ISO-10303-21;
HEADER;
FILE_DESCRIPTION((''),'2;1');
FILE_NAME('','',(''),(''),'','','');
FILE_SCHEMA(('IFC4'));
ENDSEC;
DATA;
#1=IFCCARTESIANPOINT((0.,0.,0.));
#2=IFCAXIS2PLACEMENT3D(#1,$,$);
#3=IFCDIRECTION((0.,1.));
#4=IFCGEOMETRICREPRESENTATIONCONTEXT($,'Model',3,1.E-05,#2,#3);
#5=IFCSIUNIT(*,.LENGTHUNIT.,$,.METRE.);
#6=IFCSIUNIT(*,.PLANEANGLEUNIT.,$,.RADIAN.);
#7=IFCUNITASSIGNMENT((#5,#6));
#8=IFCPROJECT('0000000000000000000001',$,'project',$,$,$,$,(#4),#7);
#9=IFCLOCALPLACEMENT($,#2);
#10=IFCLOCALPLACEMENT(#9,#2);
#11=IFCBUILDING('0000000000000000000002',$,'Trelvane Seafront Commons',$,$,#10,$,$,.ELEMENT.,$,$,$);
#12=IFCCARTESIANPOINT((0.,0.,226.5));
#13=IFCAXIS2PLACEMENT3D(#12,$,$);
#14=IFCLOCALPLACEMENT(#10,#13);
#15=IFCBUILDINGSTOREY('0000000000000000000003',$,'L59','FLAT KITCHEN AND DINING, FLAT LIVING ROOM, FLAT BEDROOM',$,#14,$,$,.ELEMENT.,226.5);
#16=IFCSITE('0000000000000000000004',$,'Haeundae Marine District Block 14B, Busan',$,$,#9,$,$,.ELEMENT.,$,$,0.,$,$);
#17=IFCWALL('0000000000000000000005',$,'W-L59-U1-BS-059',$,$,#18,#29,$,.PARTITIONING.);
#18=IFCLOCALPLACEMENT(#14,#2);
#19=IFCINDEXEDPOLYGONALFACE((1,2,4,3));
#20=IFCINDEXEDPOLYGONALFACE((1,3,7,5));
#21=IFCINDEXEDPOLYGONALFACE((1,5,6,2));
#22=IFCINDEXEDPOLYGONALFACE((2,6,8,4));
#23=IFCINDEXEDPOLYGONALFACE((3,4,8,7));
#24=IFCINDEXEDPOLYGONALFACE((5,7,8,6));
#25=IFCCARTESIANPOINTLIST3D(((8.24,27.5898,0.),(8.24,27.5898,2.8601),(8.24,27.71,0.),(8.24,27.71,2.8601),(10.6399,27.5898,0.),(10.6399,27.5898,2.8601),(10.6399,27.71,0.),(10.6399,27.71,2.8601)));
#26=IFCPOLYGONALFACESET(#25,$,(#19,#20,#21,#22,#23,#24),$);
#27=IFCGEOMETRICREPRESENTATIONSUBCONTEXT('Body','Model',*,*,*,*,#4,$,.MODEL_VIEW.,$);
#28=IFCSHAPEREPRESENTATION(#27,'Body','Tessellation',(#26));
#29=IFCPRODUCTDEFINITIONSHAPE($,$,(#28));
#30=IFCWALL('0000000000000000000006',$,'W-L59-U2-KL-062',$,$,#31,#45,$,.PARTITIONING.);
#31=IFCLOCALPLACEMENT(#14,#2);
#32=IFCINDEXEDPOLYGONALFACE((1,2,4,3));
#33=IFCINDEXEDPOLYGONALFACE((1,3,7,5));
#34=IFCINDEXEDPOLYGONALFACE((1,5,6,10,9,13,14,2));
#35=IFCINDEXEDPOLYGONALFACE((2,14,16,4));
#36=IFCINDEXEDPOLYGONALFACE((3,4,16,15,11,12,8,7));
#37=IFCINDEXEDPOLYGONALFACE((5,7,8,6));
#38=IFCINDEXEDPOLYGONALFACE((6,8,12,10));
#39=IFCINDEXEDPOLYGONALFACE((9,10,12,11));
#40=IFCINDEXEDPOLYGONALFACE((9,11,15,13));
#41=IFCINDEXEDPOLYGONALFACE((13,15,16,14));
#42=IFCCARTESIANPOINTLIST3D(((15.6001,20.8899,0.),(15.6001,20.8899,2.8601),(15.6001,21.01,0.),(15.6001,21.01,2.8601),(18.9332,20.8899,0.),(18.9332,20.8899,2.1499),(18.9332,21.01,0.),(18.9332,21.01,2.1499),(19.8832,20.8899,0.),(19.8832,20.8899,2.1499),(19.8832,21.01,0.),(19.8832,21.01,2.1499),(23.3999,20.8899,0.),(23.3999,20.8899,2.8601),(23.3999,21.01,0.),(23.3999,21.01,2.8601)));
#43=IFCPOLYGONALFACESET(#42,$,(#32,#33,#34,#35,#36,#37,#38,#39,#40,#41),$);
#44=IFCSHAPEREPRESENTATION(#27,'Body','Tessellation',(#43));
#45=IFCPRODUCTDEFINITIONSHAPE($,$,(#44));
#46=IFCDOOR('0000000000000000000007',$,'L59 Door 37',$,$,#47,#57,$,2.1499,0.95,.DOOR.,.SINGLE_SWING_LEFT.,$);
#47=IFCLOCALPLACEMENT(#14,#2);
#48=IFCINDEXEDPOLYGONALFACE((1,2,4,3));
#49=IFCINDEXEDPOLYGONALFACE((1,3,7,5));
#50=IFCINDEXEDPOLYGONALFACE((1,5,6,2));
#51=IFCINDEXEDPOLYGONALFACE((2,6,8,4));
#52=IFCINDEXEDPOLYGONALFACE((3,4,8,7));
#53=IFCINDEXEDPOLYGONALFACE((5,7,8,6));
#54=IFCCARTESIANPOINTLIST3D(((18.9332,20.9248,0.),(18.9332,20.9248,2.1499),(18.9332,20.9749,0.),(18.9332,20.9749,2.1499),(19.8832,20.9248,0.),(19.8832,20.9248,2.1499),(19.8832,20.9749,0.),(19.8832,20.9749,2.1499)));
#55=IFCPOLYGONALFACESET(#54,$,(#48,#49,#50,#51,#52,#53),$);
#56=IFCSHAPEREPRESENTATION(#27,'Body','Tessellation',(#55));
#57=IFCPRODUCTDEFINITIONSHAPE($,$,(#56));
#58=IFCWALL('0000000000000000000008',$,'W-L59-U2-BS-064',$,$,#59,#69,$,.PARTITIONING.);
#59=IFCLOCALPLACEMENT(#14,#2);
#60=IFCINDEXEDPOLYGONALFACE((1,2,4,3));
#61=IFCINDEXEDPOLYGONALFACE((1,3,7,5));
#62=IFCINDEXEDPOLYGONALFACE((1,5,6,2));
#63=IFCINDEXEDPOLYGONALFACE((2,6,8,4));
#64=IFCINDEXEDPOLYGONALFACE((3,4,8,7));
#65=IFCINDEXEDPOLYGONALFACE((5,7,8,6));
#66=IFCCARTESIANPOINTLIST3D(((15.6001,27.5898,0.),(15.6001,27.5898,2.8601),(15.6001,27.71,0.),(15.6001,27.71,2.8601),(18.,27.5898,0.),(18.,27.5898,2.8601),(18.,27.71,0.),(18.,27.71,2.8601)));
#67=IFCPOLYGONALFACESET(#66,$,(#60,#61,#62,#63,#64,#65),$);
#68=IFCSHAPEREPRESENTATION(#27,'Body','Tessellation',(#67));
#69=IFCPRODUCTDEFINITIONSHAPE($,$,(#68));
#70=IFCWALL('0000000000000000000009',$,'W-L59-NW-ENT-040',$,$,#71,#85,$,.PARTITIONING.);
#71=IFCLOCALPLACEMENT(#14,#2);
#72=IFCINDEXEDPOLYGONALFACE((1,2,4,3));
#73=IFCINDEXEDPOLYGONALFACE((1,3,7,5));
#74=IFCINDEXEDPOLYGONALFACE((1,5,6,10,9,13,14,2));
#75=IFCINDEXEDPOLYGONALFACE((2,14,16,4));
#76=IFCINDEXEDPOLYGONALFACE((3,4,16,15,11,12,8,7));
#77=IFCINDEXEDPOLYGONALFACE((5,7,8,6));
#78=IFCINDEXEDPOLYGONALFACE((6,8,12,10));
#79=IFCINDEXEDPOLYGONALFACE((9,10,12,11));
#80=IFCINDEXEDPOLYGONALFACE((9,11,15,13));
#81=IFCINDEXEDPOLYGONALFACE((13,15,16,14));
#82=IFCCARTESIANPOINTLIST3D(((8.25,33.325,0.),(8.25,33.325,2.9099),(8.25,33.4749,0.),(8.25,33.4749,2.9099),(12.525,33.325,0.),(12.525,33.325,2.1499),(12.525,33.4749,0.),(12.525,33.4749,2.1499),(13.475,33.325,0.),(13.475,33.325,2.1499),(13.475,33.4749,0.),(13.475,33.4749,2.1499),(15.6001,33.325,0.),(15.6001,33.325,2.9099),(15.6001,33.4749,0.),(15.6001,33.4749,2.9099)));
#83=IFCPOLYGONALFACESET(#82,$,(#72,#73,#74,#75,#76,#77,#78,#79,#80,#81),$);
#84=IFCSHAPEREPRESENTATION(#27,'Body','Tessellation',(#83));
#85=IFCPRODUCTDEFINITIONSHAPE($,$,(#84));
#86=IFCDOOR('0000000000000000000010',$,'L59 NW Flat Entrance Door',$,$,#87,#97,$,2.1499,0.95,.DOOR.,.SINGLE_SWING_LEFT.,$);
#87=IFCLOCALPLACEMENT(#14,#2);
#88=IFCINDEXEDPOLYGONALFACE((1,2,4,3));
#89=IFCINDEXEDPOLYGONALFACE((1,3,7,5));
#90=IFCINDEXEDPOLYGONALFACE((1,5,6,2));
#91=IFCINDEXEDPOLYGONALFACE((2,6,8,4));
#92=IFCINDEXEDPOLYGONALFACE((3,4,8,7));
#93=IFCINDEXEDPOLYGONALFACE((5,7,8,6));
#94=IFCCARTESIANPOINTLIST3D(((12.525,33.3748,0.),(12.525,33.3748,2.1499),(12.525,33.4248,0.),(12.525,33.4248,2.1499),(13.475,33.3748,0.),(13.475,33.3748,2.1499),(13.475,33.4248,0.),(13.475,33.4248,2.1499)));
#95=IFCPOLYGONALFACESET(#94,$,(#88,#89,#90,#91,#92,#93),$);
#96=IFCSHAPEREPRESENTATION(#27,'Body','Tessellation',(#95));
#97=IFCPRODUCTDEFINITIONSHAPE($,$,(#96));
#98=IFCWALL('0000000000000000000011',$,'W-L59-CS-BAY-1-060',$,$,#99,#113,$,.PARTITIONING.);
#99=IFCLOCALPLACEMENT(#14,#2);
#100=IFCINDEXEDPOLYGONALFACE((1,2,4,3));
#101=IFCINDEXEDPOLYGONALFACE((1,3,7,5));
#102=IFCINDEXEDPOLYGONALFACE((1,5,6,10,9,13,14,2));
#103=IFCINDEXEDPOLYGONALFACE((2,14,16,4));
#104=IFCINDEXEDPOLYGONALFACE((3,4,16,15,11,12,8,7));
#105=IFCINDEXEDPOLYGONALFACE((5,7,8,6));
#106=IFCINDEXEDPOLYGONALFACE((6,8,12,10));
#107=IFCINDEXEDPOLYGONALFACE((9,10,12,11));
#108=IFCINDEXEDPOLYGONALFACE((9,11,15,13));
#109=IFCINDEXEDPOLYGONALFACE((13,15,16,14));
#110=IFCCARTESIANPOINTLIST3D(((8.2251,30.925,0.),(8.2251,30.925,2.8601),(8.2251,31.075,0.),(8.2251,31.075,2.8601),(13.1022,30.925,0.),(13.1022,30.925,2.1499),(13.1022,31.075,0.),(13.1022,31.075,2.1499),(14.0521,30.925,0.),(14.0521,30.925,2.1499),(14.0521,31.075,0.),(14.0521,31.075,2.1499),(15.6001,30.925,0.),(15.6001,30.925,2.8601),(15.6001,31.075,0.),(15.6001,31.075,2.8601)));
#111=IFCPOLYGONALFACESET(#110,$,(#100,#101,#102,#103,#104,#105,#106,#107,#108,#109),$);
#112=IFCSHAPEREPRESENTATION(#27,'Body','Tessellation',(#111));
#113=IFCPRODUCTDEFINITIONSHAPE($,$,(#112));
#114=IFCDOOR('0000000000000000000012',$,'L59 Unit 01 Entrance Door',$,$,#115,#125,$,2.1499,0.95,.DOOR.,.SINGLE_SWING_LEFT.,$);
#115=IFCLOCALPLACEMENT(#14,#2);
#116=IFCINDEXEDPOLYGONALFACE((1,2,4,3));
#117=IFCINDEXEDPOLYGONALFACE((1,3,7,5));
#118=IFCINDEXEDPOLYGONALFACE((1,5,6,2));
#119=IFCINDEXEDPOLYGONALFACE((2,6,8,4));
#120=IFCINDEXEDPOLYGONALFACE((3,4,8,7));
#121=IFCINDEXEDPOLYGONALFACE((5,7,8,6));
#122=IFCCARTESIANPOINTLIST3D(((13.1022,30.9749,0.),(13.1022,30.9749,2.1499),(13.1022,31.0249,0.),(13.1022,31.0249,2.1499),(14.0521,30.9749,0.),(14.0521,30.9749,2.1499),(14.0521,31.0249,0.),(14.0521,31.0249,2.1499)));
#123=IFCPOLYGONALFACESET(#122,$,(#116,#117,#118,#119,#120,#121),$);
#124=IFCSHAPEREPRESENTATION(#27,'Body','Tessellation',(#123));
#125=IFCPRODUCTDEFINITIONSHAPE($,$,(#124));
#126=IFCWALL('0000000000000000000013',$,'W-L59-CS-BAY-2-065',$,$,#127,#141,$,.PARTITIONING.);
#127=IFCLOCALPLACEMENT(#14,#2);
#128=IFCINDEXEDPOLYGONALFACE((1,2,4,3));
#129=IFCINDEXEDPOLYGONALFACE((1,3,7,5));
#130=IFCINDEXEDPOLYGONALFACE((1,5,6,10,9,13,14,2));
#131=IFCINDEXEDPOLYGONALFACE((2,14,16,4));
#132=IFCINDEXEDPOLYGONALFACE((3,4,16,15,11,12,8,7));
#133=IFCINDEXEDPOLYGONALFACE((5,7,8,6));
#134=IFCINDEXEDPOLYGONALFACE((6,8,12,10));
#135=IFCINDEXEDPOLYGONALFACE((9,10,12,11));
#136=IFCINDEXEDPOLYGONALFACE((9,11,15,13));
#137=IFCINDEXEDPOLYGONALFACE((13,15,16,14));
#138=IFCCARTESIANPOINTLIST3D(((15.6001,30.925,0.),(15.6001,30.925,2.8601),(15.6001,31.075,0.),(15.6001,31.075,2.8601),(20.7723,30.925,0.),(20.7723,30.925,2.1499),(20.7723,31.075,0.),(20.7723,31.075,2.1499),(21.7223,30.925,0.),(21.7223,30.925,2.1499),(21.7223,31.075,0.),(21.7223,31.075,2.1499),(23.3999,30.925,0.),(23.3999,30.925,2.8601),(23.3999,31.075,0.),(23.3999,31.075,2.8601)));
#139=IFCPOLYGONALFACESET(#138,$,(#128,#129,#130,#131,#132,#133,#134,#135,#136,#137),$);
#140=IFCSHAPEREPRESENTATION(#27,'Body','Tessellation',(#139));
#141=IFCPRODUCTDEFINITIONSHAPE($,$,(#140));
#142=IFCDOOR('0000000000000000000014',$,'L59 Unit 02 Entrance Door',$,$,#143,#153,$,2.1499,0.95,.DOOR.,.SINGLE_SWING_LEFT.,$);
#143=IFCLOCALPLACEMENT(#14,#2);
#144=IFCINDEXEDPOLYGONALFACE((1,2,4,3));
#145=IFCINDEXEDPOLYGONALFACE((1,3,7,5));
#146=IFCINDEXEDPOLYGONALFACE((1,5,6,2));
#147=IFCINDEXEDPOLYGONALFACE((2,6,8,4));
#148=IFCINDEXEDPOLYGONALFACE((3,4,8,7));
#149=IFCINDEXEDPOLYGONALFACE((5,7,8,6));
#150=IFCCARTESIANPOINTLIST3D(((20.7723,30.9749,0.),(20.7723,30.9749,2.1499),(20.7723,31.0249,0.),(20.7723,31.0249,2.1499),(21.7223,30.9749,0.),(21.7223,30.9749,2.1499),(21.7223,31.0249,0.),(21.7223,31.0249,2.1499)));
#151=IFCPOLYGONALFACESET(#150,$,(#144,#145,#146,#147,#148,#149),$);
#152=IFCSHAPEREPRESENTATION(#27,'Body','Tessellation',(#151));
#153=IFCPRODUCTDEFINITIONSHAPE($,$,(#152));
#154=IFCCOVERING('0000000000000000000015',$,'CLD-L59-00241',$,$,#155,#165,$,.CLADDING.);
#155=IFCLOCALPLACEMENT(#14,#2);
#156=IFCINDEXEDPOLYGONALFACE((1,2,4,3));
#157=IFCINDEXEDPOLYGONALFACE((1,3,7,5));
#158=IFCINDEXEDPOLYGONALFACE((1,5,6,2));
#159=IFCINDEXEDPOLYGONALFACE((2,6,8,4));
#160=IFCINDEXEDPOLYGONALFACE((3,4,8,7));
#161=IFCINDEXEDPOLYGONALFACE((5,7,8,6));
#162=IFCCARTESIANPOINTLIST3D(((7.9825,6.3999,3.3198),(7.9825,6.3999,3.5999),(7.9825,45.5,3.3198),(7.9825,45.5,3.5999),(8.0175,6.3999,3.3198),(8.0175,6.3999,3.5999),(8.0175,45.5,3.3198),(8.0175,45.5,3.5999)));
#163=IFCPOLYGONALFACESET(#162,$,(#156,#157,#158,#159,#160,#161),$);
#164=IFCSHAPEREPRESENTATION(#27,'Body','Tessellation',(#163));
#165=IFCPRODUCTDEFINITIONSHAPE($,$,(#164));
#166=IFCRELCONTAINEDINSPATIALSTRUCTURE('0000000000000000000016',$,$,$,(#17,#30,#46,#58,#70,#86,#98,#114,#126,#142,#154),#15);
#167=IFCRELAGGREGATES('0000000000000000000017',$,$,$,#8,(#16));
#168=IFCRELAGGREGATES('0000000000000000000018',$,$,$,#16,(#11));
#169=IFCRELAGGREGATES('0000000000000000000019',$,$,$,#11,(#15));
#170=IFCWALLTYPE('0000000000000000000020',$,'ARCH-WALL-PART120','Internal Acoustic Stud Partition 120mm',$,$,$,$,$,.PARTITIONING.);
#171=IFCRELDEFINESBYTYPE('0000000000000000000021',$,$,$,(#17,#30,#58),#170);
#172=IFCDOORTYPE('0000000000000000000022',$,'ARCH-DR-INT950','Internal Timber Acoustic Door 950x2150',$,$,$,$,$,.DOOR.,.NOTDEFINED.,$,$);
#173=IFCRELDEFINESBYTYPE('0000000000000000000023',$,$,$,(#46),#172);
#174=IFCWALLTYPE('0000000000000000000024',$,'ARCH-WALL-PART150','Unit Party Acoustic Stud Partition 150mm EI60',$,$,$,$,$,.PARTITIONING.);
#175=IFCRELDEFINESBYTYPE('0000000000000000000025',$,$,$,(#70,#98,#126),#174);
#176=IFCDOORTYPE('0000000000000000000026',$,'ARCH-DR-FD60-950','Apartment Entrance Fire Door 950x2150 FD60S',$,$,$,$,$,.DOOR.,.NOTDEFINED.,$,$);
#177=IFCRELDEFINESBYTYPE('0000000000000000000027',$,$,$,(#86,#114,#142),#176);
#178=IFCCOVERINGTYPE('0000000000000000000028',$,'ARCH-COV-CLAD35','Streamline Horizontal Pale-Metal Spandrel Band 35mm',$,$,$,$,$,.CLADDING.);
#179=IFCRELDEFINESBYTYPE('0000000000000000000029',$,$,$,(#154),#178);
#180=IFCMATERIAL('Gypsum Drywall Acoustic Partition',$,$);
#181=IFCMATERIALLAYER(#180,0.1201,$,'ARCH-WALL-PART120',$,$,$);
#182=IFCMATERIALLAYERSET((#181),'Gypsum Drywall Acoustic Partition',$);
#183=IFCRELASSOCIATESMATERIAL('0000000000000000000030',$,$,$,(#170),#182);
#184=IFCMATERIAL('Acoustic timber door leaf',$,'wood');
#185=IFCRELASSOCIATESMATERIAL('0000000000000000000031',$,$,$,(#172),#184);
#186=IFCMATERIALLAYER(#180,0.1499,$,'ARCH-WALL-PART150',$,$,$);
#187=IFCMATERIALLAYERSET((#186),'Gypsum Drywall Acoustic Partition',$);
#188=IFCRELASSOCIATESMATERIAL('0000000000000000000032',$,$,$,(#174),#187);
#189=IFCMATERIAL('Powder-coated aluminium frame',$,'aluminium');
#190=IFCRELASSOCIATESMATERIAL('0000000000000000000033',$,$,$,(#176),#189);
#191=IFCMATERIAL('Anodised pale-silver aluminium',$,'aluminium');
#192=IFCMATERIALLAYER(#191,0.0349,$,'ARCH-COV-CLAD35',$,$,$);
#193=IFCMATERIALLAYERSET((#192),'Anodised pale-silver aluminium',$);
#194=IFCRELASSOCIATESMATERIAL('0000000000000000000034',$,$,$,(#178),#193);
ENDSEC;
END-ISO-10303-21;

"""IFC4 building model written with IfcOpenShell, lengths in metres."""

from ifc_helpers import new_model, si_unit, direction, frame, frame_2d, origin, origin_2d, place, context, subcontext, project, spatial, rectangle, extrude, source, transform, mapped, material, layer, layer_set, type_object, element, fill, save


model = new_model("IFC4")

# Units and contexts
model_context = context("Model", 3, precision=1e-05, world=origin(), true_north=direction((0.0, 1.0)))
body_context = subcontext(model_context, "Body", "Model", "MODEL_VIEW")
ifc_project = project(units=[si_unit("LENGTHUNIT", "METRE"), si_unit("PLANEANGLEUNIT", "RADIAN")], contexts=[model_context])

# Site, building, storey
site_placement = place(None, origin())
site = spatial("IfcSite", under=ifc_project, at=site_placement, Name="Haeundae Marine District Block 14B, Busan", CompositionType="ELEMENT", RefElevation=0.0)
building_placement = place(site_placement, origin())
building = spatial("IfcBuilding", under=site, at=building_placement, Name="Trelvane Seafront Commons", CompositionType="ELEMENT")
storey_placement = place(building_placement, frame((0.0, 0.0, 226.5)))
storey = spatial("IfcBuildingStorey", under=building, at=storey_placement, Name="L59", Description="FLAT KITCHEN AND DINING, FLAT LIVING ROOM, FLAT BEDROOM", CompositionType="ELEMENT", Elevation=226.5)

# Shared definitions
ifc_material_1 = material(Name="Gypsum Drywall Acoustic Partition")
ifc_layer_1 = layer(ifc_material_1, 0.1201, Name="ARCH-WALL-PART120")
ifc_layer_set_1 = layer_set([ifc_layer_1], Name="Gypsum Drywall Acoustic Partition")
wall_type_1 = type_object("IfcWallType", Name="ARCH-WALL-PART120", Description="Internal Acoustic Stud Partition 120mm", PredefinedType="PARTITIONING", material=ifc_layer_set_1)
ifc_material_2 = material(Name="Acoustic timber door leaf", Category="wood")
door_type_1 = type_object("IfcDoorType", Name="ARCH-DR-INT950", Description="Internal Timber Acoustic Door 950x2150", OperationType="NOTDEFINED", PredefinedType="DOOR", material=ifc_material_2)
shared_shape_1 = source(origin(), body_context, "Body", "SweptSolid", [
    extrude(rectangle(XDim=0.95, YDim=2.1499, at=frame_2d((0.4751, 1.075))), frame((0.0, 0.0249, 0.0), z_axis=(0.0, -1.0, 0.0), x_axis=(1.0, 0.0, 0.0)), (0.0, 0.0, 1.0), 0.05),
])

# Wall
wall_1_placement = place(storey_placement, frame((8.24, 27.6499, 0.0), z_axis=(0.0, 0.0, 1.0), x_axis=(1.0, 0.0, 0.0)))
element("IfcWall", 1, at=wall_1_placement, inside=storey, type_object=wall_type_1, Name="W-L59-U1-BS-059", PredefinedType="PARTITIONING", context=body_context, shape_type="SweptSolid", body=[
    extrude(rectangle(XDim=2.3999, YDim=0.1201, at=frame_2d((1.2, 0.0))), origin(), (0.0, 0.0, 1.0), 2.8601),
])

# Wall, opening, door
wall_2_placement = place(storey_placement, frame((15.6001, 20.95, 0.0), z_axis=(0.0, 0.0, 1.0), x_axis=(1.0, 0.0, 0.0)))
wall_2 = element("IfcWall", 2, at=wall_2_placement, inside=storey, type_object=wall_type_1, Name="W-L59-U2-KL-062", PredefinedType="PARTITIONING", context=body_context, shape_type="SweptSolid", body=[
    extrude(rectangle(XDim=7.7998, YDim=0.1201, at=frame_2d((3.8999, 0.0))), origin(), (0.0, 0.0, 1.0), 2.8601),
])
opening_1_placement = place(wall_2_placement, frame((3.333, 0.0, 0.0)))
opening_1 = element("IfcOpeningElement", 3, at=opening_1_placement, cuts=wall_2, PredefinedType="OPENING", context=body_context, shape_type="SweptSolid", body=[
    extrude(rectangle(XDim=0.95, YDim=2.1499, at=frame_2d((0.4751, 1.075))), frame((0.0, 0.0701, 0.0), z_axis=(0.0, -1.0, 0.0), x_axis=(1.0, 0.0, 0.0)), (0.0, 0.0, 1.0), 0.1401),
])
door_1_placement = place(opening_1_placement, origin())
door_1 = element("IfcDoor", 4, at=door_1_placement, inside=storey, type_object=door_type_1, Name="L59 Door 37", OperationType="SINGLE_SWING_LEFT", OverallHeight=2.1499, OverallWidth=0.95, PredefinedType="DOOR", context=body_context, shape_type="MappedRepresentation", body=[
    mapped(shared_shape_1, transform((0.0, 0.0, 0.0), x_axis=(1.0, 0.0, 0.0), y_axis=(0.0, 1.0, 0.0), z_axis=(0.0, 0.0, 1.0), scale=1.0)),
])
fill(opening_1, door_1)

# Wall
wall_3_placement = place(storey_placement, frame((15.6001, 27.6499, 0.0), z_axis=(0.0, 0.0, 1.0), x_axis=(1.0, 0.0, 0.0)))
element("IfcWall", 5, at=wall_3_placement, inside=storey, type_object=wall_type_1, Name="W-L59-U2-BS-064", PredefinedType="PARTITIONING", context=body_context, shape_type="SweptSolid", body=[
    extrude(rectangle(XDim=2.3999, YDim=0.1201, at=frame_2d((1.2, 0.0))), origin(), (0.0, 0.0, 1.0), 2.8601),
])

# Walls, openings, doors
ifc_layer_2 = layer(ifc_material_1, 0.1499, Name="ARCH-WALL-PART150")
ifc_layer_set_2 = layer_set([ifc_layer_2], Name="Gypsum Drywall Acoustic Partition")
wall_type_2 = type_object("IfcWallType", Name="ARCH-WALL-PART150", Description="Unit Party Acoustic Stud Partition 150mm EI60", PredefinedType="PARTITIONING", material=ifc_layer_set_2)
wall_4_placement = place(storey_placement, frame((8.25, 33.3999, 0.0), z_axis=(0.0, 0.0, 1.0), x_axis=(1.0, 0.0, 0.0)))
wall_4 = element("IfcWall", 6, at=wall_4_placement, inside=storey, type_object=wall_type_2, Name="W-L59-NW-ENT-040", PredefinedType="PARTITIONING", context=body_context, shape_type="SweptSolid", body=[
    extrude(rectangle(XDim=7.3501, YDim=0.1499, at=frame_2d((3.675, 0.0))), origin(), (0.0, 0.0, 1.0), 2.9099),
])
opening_2_placement = place(wall_4_placement, frame((4.2749, 0.0, 0.0)))
opening_2 = element("IfcOpeningElement", 7, at=opening_2_placement, cuts=wall_4, PredefinedType="OPENING", context=body_context, shape_type="SweptSolid", body=[
    extrude(rectangle(XDim=0.95, YDim=2.1499, at=frame_2d((0.4751, 1.075))), frame((0.0, 0.085, 0.0), z_axis=(0.0, -1.0, 0.0), x_axis=(1.0, 0.0, 0.0)), (0.0, 0.0, 1.0), 0.1699),
])
ifc_material_3 = material(Name="Powder-coated aluminium frame", Category="aluminium")
door_type_2 = type_object("IfcDoorType", Name="ARCH-DR-FD60-950", Description="Apartment Entrance Fire Door 950x2150 FD60S", OperationType="NOTDEFINED", PredefinedType="DOOR", material=ifc_material_3)
door_2_placement = place(opening_2_placement, origin())
door_2 = element("IfcDoor", 8, at=door_2_placement, inside=storey, type_object=door_type_2, Name="L59 NW Flat Entrance Door", OperationType="SINGLE_SWING_LEFT", OverallHeight=2.1499, OverallWidth=0.95, PredefinedType="DOOR", context=body_context, shape_type="MappedRepresentation", body=[
    mapped(shared_shape_1, transform((0.0, 0.0, 0.0), x_axis=(1.0, 0.0, 0.0), y_axis=(0.0, 1.0, 0.0), z_axis=(0.0, 0.0, 1.0), scale=1.0)),
])
fill(opening_2, door_2)
wall_5_placement = place(storey_placement, frame((8.2251, 31.0, 0.0), z_axis=(0.0, 0.0, 1.0), x_axis=(1.0, 0.0, 0.0)))
wall_5 = element("IfcWall", 9, at=wall_5_placement, inside=storey, type_object=wall_type_2, Name="W-L59-CS-BAY-1-060", PredefinedType="PARTITIONING", context=body_context, shape_type="SweptSolid", body=[
    extrude(rectangle(XDim=7.375, YDim=0.1499, at=frame_2d((3.6875, 0.0))), origin(), (0.0, 0.0, 1.0), 2.8601),
])
opening_3_placement = place(wall_5_placement, frame((4.877, 0.0, 0.0)))
opening_3 = element("IfcOpeningElement", 10, at=opening_3_placement, cuts=wall_5, PredefinedType="OPENING", context=body_context, shape_type="SweptSolid", body=[
    extrude(rectangle(XDim=0.95, YDim=2.1499, at=frame_2d((0.4751, 1.075))), frame((0.0, 0.085, 0.0), z_axis=(0.0, -1.0, 0.0), x_axis=(1.0, 0.0, 0.0)), (0.0, 0.0, 1.0), 0.1699),
])
door_3_placement = place(opening_3_placement, origin())
door_3 = element("IfcDoor", 11, at=door_3_placement, inside=storey, type_object=door_type_2, Name="L59 Unit 01 Entrance Door", OperationType="SINGLE_SWING_LEFT", OverallHeight=2.1499, OverallWidth=0.95, PredefinedType="DOOR", context=body_context, shape_type="MappedRepresentation", body=[
    mapped(shared_shape_1, transform((0.0, 0.0, 0.0), x_axis=(1.0, 0.0, 0.0), y_axis=(0.0, 1.0, 0.0), z_axis=(0.0, 0.0, 1.0), scale=1.0)),
])
fill(opening_3, door_3)
wall_6_placement = place(storey_placement, frame((15.6001, 31.0, 0.0), z_axis=(0.0, 0.0, 1.0), x_axis=(1.0, 0.0, 0.0)))
wall_6 = element("IfcWall", 12, at=wall_6_placement, inside=storey, type_object=wall_type_2, Name="W-L59-CS-BAY-2-065", PredefinedType="PARTITIONING", context=body_context, shape_type="SweptSolid", body=[
    extrude(rectangle(XDim=7.7998, YDim=0.1499, at=frame_2d((3.8999, 0.0))), origin(), (0.0, 0.0, 1.0), 2.8601),
])
opening_4_placement = place(wall_6_placement, frame((5.1721, 0.0, 0.0)))
opening_4 = element("IfcOpeningElement", 13, at=opening_4_placement, cuts=wall_6, PredefinedType="OPENING", context=body_context, shape_type="SweptSolid", body=[
    extrude(rectangle(XDim=0.95, YDim=2.1499, at=frame_2d((0.4751, 1.075))), frame((0.0, 0.085, 0.0), z_axis=(0.0, -1.0, 0.0), x_axis=(1.0, 0.0, 0.0)), (0.0, 0.0, 1.0), 0.1699),
])
door_4_placement = place(opening_4_placement, origin())
door_4 = element("IfcDoor", 14, at=door_4_placement, inside=storey, type_object=door_type_2, Name="L59 Unit 02 Entrance Door", OperationType="SINGLE_SWING_LEFT", OverallHeight=2.1499, OverallWidth=0.95, PredefinedType="DOOR", context=body_context, shape_type="MappedRepresentation", body=[
    mapped(shared_shape_1, transform((0.0, 0.0, 0.0), x_axis=(1.0, 0.0, 0.0), y_axis=(0.0, 1.0, 0.0), z_axis=(0.0, 0.0, 1.0), scale=1.0)),
])
fill(opening_4, door_4)

# Covering
ifc_material_4 = material(Name="Anodised pale-silver aluminium", Category="aluminium")
ifc_layer_3 = layer(ifc_material_4, 0.0349, Name="ARCH-COV-CLAD35")
ifc_layer_set_3 = layer_set([ifc_layer_3], Name="Anodised pale-silver aluminium")
covering_type = type_object("IfcCoveringType", Name="ARCH-COV-CLAD35", Description="Streamline Horizontal Pale-Metal Spandrel Band 35mm", PredefinedType="CLADDING", material=ifc_layer_set_3)
shared_shape_2 = source(origin(), body_context, "Body", "SweptSolid", [
    extrude(rectangle(XDim=39.1001, YDim=0.0349, at=origin_2d()), origin(), (0.0, 0.0, 1.0), 0.28),
])
covering_placement = place(storey_placement, frame((8.0, 25.95, 3.3198), z_axis=(0.0, 0.0, 1.0), x_axis=(0.0, 1.0, 0.0)))
element("IfcCovering", 15, at=covering_placement, inside=storey, type_object=covering_type, Name="CLD-L59-00241", PredefinedType="CLADDING", context=body_context, shape_type="MappedRepresentation", body=[
    mapped(shared_shape_2, transform((0.0, 0.0, 0.0), x_axis=(1.0, 0.0, 0.0), y_axis=(0.0, 1.0, 0.0), z_axis=(0.0, 0.0, 1.0), scale=1.0)),
])

save(model, "model.ifc")
